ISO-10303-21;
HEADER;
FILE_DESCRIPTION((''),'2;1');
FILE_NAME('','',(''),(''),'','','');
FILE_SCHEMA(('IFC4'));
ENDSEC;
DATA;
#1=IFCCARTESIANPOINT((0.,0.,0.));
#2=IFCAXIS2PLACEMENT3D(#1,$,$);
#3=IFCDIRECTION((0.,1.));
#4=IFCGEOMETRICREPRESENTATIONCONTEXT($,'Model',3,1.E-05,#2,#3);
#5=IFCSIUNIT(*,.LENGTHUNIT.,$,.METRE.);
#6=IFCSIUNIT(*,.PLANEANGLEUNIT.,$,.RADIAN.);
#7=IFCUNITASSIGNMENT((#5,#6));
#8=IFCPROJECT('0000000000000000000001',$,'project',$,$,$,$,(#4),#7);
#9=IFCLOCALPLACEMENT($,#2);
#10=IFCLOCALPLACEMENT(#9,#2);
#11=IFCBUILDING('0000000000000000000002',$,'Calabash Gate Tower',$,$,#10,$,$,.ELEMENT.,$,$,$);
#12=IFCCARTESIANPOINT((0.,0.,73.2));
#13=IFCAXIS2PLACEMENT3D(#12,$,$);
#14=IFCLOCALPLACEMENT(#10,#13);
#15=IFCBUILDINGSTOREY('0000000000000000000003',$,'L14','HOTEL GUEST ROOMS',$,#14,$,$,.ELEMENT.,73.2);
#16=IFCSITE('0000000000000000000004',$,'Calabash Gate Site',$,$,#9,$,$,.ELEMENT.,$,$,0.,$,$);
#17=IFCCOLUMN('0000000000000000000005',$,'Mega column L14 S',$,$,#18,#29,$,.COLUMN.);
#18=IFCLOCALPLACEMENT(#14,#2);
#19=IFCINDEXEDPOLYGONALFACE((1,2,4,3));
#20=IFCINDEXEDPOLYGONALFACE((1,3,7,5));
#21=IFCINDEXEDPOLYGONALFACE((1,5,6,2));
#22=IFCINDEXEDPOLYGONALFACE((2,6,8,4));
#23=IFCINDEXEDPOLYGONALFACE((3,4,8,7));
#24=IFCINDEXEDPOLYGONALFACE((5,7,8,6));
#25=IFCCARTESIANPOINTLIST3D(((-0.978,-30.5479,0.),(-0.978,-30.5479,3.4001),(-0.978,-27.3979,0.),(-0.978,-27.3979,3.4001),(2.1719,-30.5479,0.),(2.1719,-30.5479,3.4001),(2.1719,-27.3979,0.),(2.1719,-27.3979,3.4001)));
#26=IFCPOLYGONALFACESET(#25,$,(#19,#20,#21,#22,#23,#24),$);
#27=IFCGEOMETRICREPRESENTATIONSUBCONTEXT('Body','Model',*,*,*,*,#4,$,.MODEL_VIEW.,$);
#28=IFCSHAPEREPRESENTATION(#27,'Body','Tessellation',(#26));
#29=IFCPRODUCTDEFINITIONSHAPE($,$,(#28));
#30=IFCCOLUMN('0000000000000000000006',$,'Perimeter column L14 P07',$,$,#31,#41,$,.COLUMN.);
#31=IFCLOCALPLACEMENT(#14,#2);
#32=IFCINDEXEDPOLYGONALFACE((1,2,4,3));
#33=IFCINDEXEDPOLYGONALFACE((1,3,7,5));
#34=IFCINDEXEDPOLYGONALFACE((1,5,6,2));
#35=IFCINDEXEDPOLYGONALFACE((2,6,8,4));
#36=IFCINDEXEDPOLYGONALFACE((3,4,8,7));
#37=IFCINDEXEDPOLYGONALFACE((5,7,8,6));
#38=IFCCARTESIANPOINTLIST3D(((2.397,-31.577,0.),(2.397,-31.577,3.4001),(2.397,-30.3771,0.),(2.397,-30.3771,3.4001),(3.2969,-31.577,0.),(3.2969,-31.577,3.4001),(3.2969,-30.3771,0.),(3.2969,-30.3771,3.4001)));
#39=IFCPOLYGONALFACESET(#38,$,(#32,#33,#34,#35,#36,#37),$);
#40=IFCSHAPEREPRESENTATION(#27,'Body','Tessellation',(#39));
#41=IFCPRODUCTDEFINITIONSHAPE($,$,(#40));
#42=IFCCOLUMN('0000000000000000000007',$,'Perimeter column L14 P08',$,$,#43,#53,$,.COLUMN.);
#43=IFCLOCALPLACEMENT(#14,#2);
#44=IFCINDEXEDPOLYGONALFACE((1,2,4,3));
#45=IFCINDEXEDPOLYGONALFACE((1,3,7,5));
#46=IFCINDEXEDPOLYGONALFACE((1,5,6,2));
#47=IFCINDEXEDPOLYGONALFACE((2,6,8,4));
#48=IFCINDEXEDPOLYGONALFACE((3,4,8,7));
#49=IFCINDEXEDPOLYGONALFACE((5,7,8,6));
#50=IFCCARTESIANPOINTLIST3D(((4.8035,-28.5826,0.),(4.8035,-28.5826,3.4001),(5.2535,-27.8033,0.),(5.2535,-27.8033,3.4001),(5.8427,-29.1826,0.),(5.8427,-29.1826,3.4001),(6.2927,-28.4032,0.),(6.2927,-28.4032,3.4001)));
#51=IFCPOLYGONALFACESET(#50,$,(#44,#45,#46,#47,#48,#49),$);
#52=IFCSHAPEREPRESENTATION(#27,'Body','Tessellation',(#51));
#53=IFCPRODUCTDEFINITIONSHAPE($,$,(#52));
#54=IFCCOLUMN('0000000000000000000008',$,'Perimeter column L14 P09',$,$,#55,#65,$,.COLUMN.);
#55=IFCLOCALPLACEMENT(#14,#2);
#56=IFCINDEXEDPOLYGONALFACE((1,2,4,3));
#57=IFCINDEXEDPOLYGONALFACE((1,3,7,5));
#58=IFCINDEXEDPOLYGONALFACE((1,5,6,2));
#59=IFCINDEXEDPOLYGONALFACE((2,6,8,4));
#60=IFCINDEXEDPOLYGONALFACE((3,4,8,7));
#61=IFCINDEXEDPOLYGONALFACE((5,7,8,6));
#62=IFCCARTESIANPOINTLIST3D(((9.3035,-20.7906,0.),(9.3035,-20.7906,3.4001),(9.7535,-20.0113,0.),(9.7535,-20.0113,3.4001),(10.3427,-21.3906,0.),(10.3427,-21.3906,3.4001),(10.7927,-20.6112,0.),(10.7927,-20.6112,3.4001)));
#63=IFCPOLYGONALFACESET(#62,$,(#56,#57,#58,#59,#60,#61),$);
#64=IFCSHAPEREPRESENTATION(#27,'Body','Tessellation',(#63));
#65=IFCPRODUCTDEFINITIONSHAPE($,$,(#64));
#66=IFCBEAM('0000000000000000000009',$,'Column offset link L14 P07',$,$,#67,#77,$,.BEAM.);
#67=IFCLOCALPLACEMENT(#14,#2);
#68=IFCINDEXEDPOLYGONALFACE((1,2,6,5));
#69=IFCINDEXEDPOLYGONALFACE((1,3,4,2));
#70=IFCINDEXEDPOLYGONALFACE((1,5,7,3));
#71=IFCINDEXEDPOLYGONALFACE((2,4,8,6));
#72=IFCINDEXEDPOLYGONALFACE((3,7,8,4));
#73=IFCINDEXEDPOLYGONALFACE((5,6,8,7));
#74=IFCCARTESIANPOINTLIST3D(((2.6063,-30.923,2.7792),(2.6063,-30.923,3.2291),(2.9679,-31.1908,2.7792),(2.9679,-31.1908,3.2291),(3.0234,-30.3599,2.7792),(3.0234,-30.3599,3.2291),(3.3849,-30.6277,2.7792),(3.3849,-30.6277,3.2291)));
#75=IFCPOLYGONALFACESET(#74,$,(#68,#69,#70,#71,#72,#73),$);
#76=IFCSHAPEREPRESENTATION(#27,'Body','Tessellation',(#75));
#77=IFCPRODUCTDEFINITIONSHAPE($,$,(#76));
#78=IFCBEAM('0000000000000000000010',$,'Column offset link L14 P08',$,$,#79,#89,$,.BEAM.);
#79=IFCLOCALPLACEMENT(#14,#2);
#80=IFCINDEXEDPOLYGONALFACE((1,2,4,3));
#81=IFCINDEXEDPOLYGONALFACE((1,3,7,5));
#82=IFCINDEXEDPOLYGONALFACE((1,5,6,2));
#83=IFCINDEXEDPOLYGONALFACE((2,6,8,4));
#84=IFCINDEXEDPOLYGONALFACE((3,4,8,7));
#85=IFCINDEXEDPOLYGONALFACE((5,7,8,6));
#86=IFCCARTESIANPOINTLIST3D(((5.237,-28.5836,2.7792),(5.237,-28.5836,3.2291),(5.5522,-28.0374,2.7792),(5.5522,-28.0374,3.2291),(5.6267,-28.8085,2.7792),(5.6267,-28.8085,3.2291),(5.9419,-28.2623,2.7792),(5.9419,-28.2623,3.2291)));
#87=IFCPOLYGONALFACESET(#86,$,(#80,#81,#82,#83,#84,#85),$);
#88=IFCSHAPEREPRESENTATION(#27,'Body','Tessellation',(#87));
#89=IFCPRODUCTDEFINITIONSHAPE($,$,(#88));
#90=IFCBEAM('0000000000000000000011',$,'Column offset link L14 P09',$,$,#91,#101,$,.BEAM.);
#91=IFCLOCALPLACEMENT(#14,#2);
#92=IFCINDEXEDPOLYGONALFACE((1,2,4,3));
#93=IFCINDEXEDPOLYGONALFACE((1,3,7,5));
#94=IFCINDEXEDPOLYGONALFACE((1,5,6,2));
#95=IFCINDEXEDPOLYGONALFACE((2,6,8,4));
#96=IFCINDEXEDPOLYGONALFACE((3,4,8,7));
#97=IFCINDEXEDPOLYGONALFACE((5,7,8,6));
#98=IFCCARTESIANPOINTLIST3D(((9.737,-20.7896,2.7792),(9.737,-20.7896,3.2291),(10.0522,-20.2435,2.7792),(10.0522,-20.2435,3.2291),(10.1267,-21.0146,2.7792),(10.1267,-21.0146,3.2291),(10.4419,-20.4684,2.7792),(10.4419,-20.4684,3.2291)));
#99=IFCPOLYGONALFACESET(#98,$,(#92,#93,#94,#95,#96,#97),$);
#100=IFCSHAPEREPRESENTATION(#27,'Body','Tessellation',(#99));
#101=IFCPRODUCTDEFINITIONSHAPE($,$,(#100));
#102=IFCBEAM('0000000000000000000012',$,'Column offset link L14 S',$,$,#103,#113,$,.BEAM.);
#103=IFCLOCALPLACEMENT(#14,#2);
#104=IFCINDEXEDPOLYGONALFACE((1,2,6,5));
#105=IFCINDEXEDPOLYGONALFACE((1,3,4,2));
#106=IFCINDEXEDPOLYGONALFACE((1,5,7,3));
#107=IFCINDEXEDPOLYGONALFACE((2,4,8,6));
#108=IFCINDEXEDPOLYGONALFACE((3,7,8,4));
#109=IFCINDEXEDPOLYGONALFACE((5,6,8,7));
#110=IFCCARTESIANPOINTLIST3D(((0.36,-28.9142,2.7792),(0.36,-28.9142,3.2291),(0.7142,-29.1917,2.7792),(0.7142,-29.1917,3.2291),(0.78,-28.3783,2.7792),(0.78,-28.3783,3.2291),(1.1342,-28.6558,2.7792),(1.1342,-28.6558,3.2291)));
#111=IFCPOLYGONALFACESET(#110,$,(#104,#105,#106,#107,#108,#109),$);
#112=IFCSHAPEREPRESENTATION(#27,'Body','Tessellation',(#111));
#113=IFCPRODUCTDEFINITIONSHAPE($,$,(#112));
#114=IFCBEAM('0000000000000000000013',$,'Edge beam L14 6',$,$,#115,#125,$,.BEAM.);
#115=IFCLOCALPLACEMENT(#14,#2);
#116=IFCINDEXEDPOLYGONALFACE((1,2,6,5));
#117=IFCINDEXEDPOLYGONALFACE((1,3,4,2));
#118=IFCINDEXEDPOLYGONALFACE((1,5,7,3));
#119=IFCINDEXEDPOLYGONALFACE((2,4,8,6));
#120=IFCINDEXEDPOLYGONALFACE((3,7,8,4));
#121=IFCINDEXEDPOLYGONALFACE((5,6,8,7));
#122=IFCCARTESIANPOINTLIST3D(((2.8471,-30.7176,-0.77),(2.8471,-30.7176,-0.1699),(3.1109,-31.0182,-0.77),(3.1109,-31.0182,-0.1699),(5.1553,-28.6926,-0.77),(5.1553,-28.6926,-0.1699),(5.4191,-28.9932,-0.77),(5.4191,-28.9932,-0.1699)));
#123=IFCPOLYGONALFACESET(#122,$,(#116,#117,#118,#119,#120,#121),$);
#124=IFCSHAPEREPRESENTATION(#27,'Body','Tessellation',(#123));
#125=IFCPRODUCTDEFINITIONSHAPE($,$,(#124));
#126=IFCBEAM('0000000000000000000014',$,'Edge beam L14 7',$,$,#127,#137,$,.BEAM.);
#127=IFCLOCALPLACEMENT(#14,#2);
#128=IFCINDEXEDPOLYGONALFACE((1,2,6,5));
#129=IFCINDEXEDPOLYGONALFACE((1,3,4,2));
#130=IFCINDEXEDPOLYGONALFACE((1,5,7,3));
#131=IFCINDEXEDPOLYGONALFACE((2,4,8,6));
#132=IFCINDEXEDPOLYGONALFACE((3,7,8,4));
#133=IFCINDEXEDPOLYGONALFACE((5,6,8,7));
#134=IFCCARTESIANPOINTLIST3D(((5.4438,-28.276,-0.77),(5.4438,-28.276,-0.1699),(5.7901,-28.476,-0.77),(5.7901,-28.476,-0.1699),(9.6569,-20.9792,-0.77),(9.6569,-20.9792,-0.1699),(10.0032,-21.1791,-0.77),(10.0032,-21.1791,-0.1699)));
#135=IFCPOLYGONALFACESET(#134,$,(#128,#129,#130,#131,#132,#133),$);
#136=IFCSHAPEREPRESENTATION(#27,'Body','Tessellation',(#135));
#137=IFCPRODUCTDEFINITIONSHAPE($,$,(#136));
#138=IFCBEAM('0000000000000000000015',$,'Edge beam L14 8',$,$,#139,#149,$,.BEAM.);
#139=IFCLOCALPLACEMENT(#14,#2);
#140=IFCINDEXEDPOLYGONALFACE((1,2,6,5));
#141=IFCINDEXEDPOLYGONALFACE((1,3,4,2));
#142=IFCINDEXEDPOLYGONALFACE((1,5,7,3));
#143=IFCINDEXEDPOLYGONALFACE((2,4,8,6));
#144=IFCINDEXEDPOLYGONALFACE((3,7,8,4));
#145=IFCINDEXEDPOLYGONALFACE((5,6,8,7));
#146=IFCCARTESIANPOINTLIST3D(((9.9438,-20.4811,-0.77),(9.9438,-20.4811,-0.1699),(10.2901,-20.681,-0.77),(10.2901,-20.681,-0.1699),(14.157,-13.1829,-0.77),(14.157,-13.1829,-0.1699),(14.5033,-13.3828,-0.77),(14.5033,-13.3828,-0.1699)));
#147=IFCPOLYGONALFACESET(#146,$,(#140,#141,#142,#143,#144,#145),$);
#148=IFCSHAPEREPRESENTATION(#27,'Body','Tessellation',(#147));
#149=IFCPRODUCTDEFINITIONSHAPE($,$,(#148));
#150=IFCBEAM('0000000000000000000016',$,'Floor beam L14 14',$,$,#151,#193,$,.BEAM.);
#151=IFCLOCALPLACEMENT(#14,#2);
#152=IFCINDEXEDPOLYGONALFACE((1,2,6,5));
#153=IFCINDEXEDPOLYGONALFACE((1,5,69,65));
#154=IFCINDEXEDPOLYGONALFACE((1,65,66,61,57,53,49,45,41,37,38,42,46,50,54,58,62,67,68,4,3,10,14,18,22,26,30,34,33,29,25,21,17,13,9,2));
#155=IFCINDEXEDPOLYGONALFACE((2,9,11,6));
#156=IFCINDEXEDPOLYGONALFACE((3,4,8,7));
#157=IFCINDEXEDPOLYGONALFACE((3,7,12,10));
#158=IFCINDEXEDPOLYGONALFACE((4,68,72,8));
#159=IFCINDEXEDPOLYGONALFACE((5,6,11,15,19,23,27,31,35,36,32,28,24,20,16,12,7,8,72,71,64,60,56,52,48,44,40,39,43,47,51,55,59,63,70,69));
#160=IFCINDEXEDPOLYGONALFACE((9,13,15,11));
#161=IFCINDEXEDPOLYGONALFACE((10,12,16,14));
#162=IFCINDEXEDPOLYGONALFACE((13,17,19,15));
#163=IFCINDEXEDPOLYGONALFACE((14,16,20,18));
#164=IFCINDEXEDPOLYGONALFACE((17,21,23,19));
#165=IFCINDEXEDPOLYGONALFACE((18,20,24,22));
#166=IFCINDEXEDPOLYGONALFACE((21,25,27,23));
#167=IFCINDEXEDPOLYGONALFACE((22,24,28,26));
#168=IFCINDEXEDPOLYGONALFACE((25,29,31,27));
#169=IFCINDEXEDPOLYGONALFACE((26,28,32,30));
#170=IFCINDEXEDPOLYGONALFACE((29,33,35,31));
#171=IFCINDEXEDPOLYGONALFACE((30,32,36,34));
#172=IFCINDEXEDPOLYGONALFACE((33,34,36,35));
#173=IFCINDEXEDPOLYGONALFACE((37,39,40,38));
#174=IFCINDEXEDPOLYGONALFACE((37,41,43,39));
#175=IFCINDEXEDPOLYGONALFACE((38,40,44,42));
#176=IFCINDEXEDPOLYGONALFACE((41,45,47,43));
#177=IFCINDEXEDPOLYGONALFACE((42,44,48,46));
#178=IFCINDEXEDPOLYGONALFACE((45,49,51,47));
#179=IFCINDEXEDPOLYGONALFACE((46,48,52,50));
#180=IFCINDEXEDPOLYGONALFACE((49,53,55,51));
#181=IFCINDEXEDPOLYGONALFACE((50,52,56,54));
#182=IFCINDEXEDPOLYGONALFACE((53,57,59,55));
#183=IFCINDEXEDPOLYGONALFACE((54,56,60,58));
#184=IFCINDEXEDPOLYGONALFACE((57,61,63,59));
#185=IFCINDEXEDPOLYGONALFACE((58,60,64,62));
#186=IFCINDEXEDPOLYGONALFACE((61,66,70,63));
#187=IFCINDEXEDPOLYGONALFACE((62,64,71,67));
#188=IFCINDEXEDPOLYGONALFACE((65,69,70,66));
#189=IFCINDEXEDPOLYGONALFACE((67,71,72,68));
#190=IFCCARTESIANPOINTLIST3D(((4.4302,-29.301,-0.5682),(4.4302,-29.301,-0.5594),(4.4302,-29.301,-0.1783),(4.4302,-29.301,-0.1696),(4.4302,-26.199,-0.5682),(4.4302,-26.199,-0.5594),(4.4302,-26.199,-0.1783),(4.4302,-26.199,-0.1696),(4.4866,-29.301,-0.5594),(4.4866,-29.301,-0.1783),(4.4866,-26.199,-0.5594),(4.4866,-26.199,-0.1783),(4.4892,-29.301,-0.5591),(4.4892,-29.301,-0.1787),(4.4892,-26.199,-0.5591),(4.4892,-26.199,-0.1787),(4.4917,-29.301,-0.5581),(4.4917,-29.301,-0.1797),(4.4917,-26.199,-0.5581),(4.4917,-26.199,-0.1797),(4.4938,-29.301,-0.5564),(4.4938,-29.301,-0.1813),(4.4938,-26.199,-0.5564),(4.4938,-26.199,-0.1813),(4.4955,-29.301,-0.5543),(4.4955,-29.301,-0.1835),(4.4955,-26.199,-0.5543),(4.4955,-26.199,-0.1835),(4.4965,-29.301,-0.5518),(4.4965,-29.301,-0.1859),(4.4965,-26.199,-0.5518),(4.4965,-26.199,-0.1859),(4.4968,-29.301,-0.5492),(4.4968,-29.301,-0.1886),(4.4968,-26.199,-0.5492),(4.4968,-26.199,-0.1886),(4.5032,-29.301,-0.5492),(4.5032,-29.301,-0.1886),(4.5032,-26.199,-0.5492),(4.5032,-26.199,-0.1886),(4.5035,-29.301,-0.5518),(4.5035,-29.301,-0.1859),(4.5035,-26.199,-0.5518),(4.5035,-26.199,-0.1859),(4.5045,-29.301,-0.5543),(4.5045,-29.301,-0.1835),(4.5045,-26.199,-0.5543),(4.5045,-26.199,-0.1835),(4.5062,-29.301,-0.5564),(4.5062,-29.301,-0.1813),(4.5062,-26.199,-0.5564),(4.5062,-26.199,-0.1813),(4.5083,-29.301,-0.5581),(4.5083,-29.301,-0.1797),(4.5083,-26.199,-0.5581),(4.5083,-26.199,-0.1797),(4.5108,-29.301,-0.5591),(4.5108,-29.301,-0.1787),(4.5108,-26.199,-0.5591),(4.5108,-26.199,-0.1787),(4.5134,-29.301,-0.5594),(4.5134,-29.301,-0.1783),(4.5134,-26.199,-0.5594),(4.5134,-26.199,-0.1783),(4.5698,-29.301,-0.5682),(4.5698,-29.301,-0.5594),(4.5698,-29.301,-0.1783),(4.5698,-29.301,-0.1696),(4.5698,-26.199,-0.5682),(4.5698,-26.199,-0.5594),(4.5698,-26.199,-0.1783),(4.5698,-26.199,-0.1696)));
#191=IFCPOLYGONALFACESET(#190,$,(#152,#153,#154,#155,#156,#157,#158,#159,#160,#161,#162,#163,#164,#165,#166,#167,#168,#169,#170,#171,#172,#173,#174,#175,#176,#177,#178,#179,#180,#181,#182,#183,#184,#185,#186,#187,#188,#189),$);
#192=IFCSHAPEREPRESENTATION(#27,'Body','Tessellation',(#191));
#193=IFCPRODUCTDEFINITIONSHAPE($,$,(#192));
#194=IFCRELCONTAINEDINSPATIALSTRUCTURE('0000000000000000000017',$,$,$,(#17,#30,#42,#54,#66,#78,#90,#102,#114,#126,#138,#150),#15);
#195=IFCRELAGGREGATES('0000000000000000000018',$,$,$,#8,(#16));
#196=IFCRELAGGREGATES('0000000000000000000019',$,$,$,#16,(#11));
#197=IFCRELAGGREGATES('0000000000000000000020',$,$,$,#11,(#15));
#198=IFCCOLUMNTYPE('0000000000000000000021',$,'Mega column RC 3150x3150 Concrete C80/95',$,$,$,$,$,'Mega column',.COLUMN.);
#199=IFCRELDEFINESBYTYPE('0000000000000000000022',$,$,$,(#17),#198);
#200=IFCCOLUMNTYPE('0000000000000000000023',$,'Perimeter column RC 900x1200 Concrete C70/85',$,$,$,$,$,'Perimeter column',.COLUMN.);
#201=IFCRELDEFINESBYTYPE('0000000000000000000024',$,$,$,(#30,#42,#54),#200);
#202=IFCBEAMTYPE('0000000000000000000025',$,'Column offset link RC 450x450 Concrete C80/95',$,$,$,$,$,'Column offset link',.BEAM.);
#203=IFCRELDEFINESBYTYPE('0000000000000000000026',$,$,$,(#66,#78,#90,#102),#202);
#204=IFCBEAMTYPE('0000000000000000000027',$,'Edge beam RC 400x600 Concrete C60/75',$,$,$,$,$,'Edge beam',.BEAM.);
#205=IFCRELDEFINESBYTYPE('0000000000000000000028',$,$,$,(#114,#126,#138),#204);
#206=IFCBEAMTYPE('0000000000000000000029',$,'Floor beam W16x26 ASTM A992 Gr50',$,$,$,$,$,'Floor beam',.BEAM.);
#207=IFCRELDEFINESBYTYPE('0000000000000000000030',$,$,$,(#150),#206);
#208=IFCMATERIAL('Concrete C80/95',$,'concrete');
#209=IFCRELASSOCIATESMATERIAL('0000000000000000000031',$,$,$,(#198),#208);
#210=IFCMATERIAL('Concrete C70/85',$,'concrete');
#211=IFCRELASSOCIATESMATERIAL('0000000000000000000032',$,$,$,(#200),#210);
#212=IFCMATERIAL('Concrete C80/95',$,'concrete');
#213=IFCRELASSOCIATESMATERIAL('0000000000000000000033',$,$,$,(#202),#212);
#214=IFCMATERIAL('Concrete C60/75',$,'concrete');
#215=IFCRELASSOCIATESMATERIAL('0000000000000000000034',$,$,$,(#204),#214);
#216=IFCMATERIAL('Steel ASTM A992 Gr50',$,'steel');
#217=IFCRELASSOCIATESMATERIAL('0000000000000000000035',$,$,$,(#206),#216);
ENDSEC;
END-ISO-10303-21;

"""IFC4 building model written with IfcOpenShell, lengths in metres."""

from ifc_helpers import new_model, si_unit, direction, frame, origin, origin_2d, place, context, subcontext, project, spatial, rectangle, i_section, extrude, material, material_profile, profile_set, type_object, element, save


model = new_model("IFC4")

# Units and contexts
model_context = context("Model", 3, precision=1e-05, world=origin(), true_north=direction((0.0, 1.0)))
body_context = subcontext(model_context, "Body", "Model", "MODEL_VIEW")
ifc_project = project(units=[si_unit("LENGTHUNIT", "METRE"), si_unit("PLANEANGLEUNIT", "RADIAN")], contexts=[model_context])

# Site, building, storey
site_placement = place(None, origin())
site = spatial("IfcSite", under=ifc_project, at=site_placement, Name="Calabash Gate Site", CompositionType="ELEMENT", RefElevation=0.0)
building_placement = place(site_placement, origin())
building = spatial("IfcBuilding", under=site, at=building_placement, Name="Calabash Gate Tower", CompositionType="ELEMENT")
storey_placement = place(building_placement, frame((0.0, 0.0, 73.2)))
storey = spatial("IfcBuildingStorey", under=building, at=storey_placement, Name="L14", Description="HOTEL GUEST ROOMS", CompositionType="ELEMENT", Elevation=73.2)

# Columns
ifc_material_1 = material(Name="Concrete C80/95", Category="concrete")
ifc_material_profile_1 = material_profile(ifc_material_1, rectangle(XDim=3.1499, YDim=3.1499, at=origin_2d()))
ifc_profile_set_1 = profile_set([ifc_material_profile_1], Name="Concrete C80/95")
column_type_1 = type_object("IfcColumnType", Name="Mega column RC 3150x3150 Concrete C80/95", ElementType="Mega column", PredefinedType="COLUMN", material=ifc_profile_set_1)
column_placement = place(storey_placement, frame((0.5969, -28.9729, 0.0), z_axis=(0.0, 0.0, 1.0), x_axis=(0.0, 1.0, 0.0)))
element("IfcColumn", 1, at=column_placement, inside=storey, type_object=column_type_1, Name="Mega column L14 S", PredefinedType="COLUMN", context=body_context, shape_type="SweptSolid", body=[
    extrude(rectangle(XDim=3.1499, YDim=3.1499, at=origin_2d()), origin(), (0.0, 0.0, 1.0), 3.4001),
])
ifc_material_2 = material(Name="Concrete C70/85", Category="concrete")
ifc_material_profile_2 = material_profile(ifc_material_2, rectangle(XDim=0.8999, YDim=1.2, at=origin_2d()))
ifc_profile_set_2 = profile_set([ifc_material_profile_2], Name="Concrete C70/85")
column_type_2 = type_object("IfcColumnType", Name="Perimeter column RC 900x1200 Concrete C70/85", ElementType="Perimeter column", PredefinedType="COLUMN", material=ifc_profile_set_2)
for number, where, z_axis, x_axis, name in (
    (2, (2.8469, -30.9771, 0.0), (0.0, 0.0, 1.0), (1.0, 0.0, 0.0), "Perimeter column L14 P07"),
    (3, (5.5481, -28.4929, 0.0), (0.0, 0.0, 1.0), (0.5, 0.866025, 0.0), "Perimeter column L14 P08"),
    (4, (10.0481, -20.7009, 0.0), (0.0, 0.0, 1.0), (0.5, 0.866025, 0.0), "Perimeter column L14 P09"),
):
    element("IfcColumn", number, at=place(storey_placement, frame(where, z_axis=z_axis, x_axis=x_axis)), inside=storey, type_object=column_type_2, Name=name, PredefinedType="COLUMN", context=body_context, shape_type="SweptSolid", body=[
        extrude(rectangle(XDim=0.8999, YDim=1.2, at=origin_2d()), origin(), (0.0, 0.0, 1.0), 3.4001),
    ])

# Beams
ifc_material_3 = material(Name="Concrete C80/95", Category="concrete")
ifc_material_profile_3 = material_profile(ifc_material_3, rectangle(XDim=0.45, YDim=0.45, at=origin_2d()))
ifc_profile_set_3 = profile_set([ifc_material_profile_3], Name="Concrete C80/95")
beam_type_1 = type_object("IfcBeamType", Name="Column offset link RC 450x450 Concrete C80/95", ElementType="Column offset link", PredefinedType="BEAM", material=ifc_profile_set_3)
beam_1_placement = place(storey_placement, frame((2.7871, -31.0569, 3.0042), z_axis=(0.595194, 0.803582, 0.0), x_axis=(-0.803582, 0.595194, 0.0)))
element("IfcBeam", 5, at=beam_1_placement, inside=storey, type_object=beam_type_1, Name="Column offset link L14 P07", PredefinedType="BEAM", context=body_context, shape_type="SweptSolid", body=[
    extrude(rectangle(XDim=0.45, YDim=0.45, at=origin_2d()), origin(), (0.0, 0.0, 1.0), 0.7007),
])
for number, where, z_axis, x_axis, name in (
    (6, (5.4319, -28.696, 3.0042), (0.499845, 0.866115, 0.0), (-0.866115, 0.499845, 0.0), "Column offset link L14 P08"),
    (7, (9.9319, -20.9021, 3.0042), (0.499845, 0.866115, 0.0), (-0.866115, 0.499845, 0.0), "Column offset link L14 P09"),
):
    element("IfcBeam", number, at=place(storey_placement, frame(where, z_axis=z_axis, x_axis=x_axis)), inside=storey, type_object=beam_type_1, Name=name, PredefinedType="BEAM", context=body_context, shape_type="SweptSolid", body=[
        extrude(rectangle(XDim=0.45, YDim=0.45, at=origin_2d()), origin(), (0.0, 0.0, 1.0), 0.6306),
    ])
beam_2_placement = place(storey_placement, frame((0.5371, -29.053, 3.0042), z_axis=(0.616792, 0.787126, 0.0), x_axis=(-0.787126, 0.616792, 0.0)))
element("IfcBeam", 8, at=beam_2_placement, inside=storey, type_object=beam_type_1, Name="Column offset link L14 S", PredefinedType="BEAM", context=body_context, shape_type="SweptSolid", body=[
    extrude(rectangle(XDim=0.45, YDim=0.45, at=origin_2d()), origin(), (0.0, 0.0, 1.0), 0.6809),
])
ifc_material_4 = material(Name="Concrete C60/75", Category="concrete")
ifc_material_profile_4 = material_profile(ifc_material_4, rectangle(XDim=0.3999, YDim=0.6001, at=origin_2d()))
ifc_profile_set_4 = profile_set([ifc_material_profile_4], Name="Concrete C60/75")
beam_type_2 = type_object("IfcBeamType", Name="Edge beam RC 400x600 Concrete C60/75", ElementType="Edge beam", PredefinedType="BEAM", material=ifc_profile_set_4)
beam_3_placement = place(storey_placement, frame((2.979, -30.8679, -0.47), z_axis=(0.751719, 0.659484, 0.0), x_axis=(-0.659484, 0.751719, 0.0)))
element("IfcBeam", 9, at=beam_3_placement, inside=storey, type_object=beam_type_2, Name="Edge beam L14 6", PredefinedType="BEAM", context=body_context, shape_type="SweptSolid", body=[
    extrude(rectangle(XDim=0.3999, YDim=0.6001, at=origin_2d()), origin(), (0.0, 0.0, 1.0), 3.0706),
])
beam_4_placement = place(storey_placement, frame((5.6169, -28.376, -0.47), z_axis=(0.500025, 0.866011, 0.0), x_axis=(-0.866011, 0.500025, 0.0)))
element("IfcBeam", 10, at=beam_4_placement, inside=storey, type_object=beam_type_2, Name="Edge beam L14 7", PredefinedType="BEAM", context=body_context, shape_type="SweptSolid", body=[
    extrude(rectangle(XDim=0.3999, YDim=0.6001, at=origin_2d()), origin(), (0.0, 0.0, 1.0), 8.4258),
])
beam_5_placement = place(storey_placement, frame((10.1169, -20.5811, -0.47), z_axis=(0.499962, 0.866047, 0.0), x_axis=(-0.866047, 0.499962, 0.0)))
element("IfcBeam", 11, at=beam_5_placement, inside=storey, type_object=beam_type_2, Name="Edge beam L14 8", PredefinedType="BEAM", context=body_context, shape_type="SweptSolid", body=[
    extrude(rectangle(XDim=0.3999, YDim=0.6001, at=origin_2d()), origin(), (0.0, 0.0, 1.0), 8.427),
])
ifc_material_5 = material(Name="Steel ASTM A992 Gr50", Category="steel")
ifc_material_profile_5 = material_profile(ifc_material_5, i_section(OverallWidth=0.1396, OverallDepth=0.3987, WebThickness=0.0063, FlangeThickness=0.0088, FilletRadius=0.0103, at=origin_2d()))
ifc_profile_set_5 = profile_set([ifc_material_profile_5], Name="Steel ASTM A992 Gr50")
beam_type_3 = type_object("IfcBeamType", Name="Floor beam W16x26 ASTM A992 Gr50", ElementType="Floor beam", PredefinedType="BEAM", material=ifc_profile_set_5)
beam_6_placement = place(storey_placement, frame((4.5, -29.301, -0.3689), z_axis=(0.0, 1.0, 0.0), x_axis=(-1.0, 0.0, 0.0)))
element("IfcBeam", 12, at=beam_6_placement, inside=storey, type_object=beam_type_3, Name="Floor beam L14 14", PredefinedType="BEAM", context=body_context, shape_type="SweptSolid", body=[
    extrude(i_section(OverallWidth=0.1396, OverallDepth=0.3987, WebThickness=0.0063, FlangeThickness=0.0088, FilletRadius=0.0103, at=origin_2d()), origin(), (0.0, 0.0, 1.0), 3.1021),
])

save(model, "model.ifc")
